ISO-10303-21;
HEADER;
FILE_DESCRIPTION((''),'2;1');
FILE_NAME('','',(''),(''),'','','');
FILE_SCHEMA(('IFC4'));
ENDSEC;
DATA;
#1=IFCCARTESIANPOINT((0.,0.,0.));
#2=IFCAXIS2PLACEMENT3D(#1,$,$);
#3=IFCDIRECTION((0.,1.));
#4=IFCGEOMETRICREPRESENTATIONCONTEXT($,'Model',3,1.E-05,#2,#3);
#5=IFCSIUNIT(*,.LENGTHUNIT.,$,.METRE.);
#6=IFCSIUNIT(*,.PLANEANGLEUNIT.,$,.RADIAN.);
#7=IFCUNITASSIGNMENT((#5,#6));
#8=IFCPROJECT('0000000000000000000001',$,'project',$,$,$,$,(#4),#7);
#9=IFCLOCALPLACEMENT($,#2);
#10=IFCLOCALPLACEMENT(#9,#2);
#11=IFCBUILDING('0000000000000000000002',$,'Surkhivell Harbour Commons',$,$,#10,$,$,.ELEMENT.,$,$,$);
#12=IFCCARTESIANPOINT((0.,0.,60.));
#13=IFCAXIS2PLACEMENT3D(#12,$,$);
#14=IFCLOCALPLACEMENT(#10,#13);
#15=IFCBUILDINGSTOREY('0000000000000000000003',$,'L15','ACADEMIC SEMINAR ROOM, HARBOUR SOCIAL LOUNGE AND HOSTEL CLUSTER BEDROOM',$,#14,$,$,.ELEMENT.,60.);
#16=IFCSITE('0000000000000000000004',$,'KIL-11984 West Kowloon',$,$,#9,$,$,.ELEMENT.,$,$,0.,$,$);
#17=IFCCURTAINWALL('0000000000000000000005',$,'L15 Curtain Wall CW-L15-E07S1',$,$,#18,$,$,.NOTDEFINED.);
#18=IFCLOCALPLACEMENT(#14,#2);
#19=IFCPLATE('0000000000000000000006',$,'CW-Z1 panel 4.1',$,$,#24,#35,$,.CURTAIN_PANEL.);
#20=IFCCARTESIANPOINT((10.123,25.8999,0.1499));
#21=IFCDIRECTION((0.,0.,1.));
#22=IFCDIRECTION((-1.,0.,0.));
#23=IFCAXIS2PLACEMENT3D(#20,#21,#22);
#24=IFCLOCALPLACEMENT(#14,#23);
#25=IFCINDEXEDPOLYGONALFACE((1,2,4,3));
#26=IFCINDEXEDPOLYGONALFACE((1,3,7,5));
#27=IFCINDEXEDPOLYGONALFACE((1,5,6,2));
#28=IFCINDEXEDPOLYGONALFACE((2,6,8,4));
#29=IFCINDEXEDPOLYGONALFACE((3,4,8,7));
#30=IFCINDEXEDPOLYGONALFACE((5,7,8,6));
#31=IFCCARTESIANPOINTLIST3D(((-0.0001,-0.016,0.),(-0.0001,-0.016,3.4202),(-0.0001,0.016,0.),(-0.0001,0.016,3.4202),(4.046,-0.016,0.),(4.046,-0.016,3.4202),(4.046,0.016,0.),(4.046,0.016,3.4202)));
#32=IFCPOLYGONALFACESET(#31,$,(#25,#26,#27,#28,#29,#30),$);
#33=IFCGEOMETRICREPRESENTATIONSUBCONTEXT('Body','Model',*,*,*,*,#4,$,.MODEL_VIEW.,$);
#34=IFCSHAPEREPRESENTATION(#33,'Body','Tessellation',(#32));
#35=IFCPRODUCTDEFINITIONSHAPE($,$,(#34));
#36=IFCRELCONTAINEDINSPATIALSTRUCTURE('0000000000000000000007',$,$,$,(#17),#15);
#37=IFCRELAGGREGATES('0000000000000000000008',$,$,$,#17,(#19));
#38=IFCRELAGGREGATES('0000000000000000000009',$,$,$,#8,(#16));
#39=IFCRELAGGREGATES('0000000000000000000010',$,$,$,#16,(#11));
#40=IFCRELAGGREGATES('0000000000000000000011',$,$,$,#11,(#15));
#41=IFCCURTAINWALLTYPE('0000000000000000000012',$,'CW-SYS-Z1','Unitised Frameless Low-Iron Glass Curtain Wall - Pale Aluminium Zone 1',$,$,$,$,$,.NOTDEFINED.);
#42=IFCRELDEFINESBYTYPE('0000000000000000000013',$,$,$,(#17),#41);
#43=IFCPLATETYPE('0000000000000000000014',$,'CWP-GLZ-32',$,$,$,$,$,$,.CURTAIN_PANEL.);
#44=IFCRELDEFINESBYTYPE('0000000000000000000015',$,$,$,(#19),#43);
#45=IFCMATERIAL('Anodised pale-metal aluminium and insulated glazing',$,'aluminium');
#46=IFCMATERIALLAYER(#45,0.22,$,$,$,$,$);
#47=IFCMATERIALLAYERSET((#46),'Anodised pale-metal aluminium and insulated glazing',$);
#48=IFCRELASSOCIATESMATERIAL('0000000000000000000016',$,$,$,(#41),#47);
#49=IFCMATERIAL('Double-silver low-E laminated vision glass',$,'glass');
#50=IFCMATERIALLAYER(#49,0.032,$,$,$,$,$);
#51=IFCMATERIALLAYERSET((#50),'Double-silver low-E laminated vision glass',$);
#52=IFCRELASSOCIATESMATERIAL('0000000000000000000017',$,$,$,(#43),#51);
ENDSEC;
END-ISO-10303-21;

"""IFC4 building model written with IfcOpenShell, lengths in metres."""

from ifc_helpers import new_model, si_unit, direction, frame, frame_2d, origin, place, context, subcontext, project, spatial, rectangle, extrude, material, layer, layer_set, type_object, element, aggregate, save


model = new_model("IFC4")

# Units and contexts
model_context = context("Model", 3, precision=1e-05, world=origin(), true_north=direction((0.0, 1.0)))
body_context = subcontext(model_context, "Body", "Model", "MODEL_VIEW")
ifc_project = project(units=[si_unit("LENGTHUNIT", "METRE"), si_unit("PLANEANGLEUNIT", "RADIAN")], contexts=[model_context])

# Site, building, storey
site_placement = place(None, origin())
site = spatial("IfcSite", under=ifc_project, at=site_placement, Name="KIL-11984 West Kowloon", CompositionType="ELEMENT", RefElevation=0.0)
building_placement = place(site_placement, origin())
building = spatial("IfcBuilding", under=site, at=building_placement, Name="Surkhivell Harbour Commons", CompositionType="ELEMENT")
storey_placement = place(building_placement, frame((0.0, 0.0, 60.0)))
storey = spatial("IfcBuildingStorey", under=building, at=storey_placement, Name="L15", Description="ACADEMIC SEMINAR ROOM, HARBOUR SOCIAL LOUNGE AND HOSTEL CLUSTER BEDROOM", CompositionType="ELEMENT", Elevation=60.0)

# Curtain wall
ifc_material_1 = material(Name="Anodised pale-metal aluminium and insulated glazing", Category="aluminium")
ifc_layer_1 = layer(ifc_material_1, 0.22)
ifc_layer_set_1 = layer_set([ifc_layer_1], Name="Anodised pale-metal aluminium and insulated glazing")
curtain_wall_type = type_object("IfcCurtainWallType", Name="CW-SYS-Z1", Description="Unitised Frameless Low-Iron Glass Curtain Wall - Pale Aluminium Zone 1", PredefinedType="NOTDEFINED", material=ifc_layer_set_1)
curtain_wall_placement = place(storey_placement, origin())
curtain_wall = element("IfcCurtainWall", 1, at=curtain_wall_placement, inside=storey, type_object=curtain_wall_type, Name="L15 Curtain Wall CW-L15-E07S1", PredefinedType="NOTDEFINED")

# Plate
ifc_material_2 = material(Name="Double-silver low-E laminated vision glass", Category="glass")
ifc_layer_2 = layer(ifc_material_2, 0.032)
ifc_layer_set_2 = layer_set([ifc_layer_2], Name="Double-silver low-E laminated vision glass")
plate_type_1 = type_object("IfcPlateType", Name="CWP-GLZ-32", PredefinedType="CURTAIN_PANEL", material=ifc_layer_set_2)
plate_placement = place(storey_placement, frame((10.123, 25.8999, 0.1499), z_axis=(0.0, 0.0, 1.0), x_axis=(-1.0, 0.0, 0.0)))
plate = element("IfcPlate", 2, at=plate_placement, type_object=plate_type_1, Name="CW-Z1 panel 4.1", PredefinedType="CURTAIN_PANEL", context=body_context, shape_type="SweptSolid", body=[
    extrude(rectangle(XDim=4.0461, YDim=0.032, at=frame_2d((2.0229, 0.0))), origin(), (0.0, 0.0, 1.0), 3.4202),
])
aggregate(curtain_wall, [plate])

save(model, "model.ifc")
